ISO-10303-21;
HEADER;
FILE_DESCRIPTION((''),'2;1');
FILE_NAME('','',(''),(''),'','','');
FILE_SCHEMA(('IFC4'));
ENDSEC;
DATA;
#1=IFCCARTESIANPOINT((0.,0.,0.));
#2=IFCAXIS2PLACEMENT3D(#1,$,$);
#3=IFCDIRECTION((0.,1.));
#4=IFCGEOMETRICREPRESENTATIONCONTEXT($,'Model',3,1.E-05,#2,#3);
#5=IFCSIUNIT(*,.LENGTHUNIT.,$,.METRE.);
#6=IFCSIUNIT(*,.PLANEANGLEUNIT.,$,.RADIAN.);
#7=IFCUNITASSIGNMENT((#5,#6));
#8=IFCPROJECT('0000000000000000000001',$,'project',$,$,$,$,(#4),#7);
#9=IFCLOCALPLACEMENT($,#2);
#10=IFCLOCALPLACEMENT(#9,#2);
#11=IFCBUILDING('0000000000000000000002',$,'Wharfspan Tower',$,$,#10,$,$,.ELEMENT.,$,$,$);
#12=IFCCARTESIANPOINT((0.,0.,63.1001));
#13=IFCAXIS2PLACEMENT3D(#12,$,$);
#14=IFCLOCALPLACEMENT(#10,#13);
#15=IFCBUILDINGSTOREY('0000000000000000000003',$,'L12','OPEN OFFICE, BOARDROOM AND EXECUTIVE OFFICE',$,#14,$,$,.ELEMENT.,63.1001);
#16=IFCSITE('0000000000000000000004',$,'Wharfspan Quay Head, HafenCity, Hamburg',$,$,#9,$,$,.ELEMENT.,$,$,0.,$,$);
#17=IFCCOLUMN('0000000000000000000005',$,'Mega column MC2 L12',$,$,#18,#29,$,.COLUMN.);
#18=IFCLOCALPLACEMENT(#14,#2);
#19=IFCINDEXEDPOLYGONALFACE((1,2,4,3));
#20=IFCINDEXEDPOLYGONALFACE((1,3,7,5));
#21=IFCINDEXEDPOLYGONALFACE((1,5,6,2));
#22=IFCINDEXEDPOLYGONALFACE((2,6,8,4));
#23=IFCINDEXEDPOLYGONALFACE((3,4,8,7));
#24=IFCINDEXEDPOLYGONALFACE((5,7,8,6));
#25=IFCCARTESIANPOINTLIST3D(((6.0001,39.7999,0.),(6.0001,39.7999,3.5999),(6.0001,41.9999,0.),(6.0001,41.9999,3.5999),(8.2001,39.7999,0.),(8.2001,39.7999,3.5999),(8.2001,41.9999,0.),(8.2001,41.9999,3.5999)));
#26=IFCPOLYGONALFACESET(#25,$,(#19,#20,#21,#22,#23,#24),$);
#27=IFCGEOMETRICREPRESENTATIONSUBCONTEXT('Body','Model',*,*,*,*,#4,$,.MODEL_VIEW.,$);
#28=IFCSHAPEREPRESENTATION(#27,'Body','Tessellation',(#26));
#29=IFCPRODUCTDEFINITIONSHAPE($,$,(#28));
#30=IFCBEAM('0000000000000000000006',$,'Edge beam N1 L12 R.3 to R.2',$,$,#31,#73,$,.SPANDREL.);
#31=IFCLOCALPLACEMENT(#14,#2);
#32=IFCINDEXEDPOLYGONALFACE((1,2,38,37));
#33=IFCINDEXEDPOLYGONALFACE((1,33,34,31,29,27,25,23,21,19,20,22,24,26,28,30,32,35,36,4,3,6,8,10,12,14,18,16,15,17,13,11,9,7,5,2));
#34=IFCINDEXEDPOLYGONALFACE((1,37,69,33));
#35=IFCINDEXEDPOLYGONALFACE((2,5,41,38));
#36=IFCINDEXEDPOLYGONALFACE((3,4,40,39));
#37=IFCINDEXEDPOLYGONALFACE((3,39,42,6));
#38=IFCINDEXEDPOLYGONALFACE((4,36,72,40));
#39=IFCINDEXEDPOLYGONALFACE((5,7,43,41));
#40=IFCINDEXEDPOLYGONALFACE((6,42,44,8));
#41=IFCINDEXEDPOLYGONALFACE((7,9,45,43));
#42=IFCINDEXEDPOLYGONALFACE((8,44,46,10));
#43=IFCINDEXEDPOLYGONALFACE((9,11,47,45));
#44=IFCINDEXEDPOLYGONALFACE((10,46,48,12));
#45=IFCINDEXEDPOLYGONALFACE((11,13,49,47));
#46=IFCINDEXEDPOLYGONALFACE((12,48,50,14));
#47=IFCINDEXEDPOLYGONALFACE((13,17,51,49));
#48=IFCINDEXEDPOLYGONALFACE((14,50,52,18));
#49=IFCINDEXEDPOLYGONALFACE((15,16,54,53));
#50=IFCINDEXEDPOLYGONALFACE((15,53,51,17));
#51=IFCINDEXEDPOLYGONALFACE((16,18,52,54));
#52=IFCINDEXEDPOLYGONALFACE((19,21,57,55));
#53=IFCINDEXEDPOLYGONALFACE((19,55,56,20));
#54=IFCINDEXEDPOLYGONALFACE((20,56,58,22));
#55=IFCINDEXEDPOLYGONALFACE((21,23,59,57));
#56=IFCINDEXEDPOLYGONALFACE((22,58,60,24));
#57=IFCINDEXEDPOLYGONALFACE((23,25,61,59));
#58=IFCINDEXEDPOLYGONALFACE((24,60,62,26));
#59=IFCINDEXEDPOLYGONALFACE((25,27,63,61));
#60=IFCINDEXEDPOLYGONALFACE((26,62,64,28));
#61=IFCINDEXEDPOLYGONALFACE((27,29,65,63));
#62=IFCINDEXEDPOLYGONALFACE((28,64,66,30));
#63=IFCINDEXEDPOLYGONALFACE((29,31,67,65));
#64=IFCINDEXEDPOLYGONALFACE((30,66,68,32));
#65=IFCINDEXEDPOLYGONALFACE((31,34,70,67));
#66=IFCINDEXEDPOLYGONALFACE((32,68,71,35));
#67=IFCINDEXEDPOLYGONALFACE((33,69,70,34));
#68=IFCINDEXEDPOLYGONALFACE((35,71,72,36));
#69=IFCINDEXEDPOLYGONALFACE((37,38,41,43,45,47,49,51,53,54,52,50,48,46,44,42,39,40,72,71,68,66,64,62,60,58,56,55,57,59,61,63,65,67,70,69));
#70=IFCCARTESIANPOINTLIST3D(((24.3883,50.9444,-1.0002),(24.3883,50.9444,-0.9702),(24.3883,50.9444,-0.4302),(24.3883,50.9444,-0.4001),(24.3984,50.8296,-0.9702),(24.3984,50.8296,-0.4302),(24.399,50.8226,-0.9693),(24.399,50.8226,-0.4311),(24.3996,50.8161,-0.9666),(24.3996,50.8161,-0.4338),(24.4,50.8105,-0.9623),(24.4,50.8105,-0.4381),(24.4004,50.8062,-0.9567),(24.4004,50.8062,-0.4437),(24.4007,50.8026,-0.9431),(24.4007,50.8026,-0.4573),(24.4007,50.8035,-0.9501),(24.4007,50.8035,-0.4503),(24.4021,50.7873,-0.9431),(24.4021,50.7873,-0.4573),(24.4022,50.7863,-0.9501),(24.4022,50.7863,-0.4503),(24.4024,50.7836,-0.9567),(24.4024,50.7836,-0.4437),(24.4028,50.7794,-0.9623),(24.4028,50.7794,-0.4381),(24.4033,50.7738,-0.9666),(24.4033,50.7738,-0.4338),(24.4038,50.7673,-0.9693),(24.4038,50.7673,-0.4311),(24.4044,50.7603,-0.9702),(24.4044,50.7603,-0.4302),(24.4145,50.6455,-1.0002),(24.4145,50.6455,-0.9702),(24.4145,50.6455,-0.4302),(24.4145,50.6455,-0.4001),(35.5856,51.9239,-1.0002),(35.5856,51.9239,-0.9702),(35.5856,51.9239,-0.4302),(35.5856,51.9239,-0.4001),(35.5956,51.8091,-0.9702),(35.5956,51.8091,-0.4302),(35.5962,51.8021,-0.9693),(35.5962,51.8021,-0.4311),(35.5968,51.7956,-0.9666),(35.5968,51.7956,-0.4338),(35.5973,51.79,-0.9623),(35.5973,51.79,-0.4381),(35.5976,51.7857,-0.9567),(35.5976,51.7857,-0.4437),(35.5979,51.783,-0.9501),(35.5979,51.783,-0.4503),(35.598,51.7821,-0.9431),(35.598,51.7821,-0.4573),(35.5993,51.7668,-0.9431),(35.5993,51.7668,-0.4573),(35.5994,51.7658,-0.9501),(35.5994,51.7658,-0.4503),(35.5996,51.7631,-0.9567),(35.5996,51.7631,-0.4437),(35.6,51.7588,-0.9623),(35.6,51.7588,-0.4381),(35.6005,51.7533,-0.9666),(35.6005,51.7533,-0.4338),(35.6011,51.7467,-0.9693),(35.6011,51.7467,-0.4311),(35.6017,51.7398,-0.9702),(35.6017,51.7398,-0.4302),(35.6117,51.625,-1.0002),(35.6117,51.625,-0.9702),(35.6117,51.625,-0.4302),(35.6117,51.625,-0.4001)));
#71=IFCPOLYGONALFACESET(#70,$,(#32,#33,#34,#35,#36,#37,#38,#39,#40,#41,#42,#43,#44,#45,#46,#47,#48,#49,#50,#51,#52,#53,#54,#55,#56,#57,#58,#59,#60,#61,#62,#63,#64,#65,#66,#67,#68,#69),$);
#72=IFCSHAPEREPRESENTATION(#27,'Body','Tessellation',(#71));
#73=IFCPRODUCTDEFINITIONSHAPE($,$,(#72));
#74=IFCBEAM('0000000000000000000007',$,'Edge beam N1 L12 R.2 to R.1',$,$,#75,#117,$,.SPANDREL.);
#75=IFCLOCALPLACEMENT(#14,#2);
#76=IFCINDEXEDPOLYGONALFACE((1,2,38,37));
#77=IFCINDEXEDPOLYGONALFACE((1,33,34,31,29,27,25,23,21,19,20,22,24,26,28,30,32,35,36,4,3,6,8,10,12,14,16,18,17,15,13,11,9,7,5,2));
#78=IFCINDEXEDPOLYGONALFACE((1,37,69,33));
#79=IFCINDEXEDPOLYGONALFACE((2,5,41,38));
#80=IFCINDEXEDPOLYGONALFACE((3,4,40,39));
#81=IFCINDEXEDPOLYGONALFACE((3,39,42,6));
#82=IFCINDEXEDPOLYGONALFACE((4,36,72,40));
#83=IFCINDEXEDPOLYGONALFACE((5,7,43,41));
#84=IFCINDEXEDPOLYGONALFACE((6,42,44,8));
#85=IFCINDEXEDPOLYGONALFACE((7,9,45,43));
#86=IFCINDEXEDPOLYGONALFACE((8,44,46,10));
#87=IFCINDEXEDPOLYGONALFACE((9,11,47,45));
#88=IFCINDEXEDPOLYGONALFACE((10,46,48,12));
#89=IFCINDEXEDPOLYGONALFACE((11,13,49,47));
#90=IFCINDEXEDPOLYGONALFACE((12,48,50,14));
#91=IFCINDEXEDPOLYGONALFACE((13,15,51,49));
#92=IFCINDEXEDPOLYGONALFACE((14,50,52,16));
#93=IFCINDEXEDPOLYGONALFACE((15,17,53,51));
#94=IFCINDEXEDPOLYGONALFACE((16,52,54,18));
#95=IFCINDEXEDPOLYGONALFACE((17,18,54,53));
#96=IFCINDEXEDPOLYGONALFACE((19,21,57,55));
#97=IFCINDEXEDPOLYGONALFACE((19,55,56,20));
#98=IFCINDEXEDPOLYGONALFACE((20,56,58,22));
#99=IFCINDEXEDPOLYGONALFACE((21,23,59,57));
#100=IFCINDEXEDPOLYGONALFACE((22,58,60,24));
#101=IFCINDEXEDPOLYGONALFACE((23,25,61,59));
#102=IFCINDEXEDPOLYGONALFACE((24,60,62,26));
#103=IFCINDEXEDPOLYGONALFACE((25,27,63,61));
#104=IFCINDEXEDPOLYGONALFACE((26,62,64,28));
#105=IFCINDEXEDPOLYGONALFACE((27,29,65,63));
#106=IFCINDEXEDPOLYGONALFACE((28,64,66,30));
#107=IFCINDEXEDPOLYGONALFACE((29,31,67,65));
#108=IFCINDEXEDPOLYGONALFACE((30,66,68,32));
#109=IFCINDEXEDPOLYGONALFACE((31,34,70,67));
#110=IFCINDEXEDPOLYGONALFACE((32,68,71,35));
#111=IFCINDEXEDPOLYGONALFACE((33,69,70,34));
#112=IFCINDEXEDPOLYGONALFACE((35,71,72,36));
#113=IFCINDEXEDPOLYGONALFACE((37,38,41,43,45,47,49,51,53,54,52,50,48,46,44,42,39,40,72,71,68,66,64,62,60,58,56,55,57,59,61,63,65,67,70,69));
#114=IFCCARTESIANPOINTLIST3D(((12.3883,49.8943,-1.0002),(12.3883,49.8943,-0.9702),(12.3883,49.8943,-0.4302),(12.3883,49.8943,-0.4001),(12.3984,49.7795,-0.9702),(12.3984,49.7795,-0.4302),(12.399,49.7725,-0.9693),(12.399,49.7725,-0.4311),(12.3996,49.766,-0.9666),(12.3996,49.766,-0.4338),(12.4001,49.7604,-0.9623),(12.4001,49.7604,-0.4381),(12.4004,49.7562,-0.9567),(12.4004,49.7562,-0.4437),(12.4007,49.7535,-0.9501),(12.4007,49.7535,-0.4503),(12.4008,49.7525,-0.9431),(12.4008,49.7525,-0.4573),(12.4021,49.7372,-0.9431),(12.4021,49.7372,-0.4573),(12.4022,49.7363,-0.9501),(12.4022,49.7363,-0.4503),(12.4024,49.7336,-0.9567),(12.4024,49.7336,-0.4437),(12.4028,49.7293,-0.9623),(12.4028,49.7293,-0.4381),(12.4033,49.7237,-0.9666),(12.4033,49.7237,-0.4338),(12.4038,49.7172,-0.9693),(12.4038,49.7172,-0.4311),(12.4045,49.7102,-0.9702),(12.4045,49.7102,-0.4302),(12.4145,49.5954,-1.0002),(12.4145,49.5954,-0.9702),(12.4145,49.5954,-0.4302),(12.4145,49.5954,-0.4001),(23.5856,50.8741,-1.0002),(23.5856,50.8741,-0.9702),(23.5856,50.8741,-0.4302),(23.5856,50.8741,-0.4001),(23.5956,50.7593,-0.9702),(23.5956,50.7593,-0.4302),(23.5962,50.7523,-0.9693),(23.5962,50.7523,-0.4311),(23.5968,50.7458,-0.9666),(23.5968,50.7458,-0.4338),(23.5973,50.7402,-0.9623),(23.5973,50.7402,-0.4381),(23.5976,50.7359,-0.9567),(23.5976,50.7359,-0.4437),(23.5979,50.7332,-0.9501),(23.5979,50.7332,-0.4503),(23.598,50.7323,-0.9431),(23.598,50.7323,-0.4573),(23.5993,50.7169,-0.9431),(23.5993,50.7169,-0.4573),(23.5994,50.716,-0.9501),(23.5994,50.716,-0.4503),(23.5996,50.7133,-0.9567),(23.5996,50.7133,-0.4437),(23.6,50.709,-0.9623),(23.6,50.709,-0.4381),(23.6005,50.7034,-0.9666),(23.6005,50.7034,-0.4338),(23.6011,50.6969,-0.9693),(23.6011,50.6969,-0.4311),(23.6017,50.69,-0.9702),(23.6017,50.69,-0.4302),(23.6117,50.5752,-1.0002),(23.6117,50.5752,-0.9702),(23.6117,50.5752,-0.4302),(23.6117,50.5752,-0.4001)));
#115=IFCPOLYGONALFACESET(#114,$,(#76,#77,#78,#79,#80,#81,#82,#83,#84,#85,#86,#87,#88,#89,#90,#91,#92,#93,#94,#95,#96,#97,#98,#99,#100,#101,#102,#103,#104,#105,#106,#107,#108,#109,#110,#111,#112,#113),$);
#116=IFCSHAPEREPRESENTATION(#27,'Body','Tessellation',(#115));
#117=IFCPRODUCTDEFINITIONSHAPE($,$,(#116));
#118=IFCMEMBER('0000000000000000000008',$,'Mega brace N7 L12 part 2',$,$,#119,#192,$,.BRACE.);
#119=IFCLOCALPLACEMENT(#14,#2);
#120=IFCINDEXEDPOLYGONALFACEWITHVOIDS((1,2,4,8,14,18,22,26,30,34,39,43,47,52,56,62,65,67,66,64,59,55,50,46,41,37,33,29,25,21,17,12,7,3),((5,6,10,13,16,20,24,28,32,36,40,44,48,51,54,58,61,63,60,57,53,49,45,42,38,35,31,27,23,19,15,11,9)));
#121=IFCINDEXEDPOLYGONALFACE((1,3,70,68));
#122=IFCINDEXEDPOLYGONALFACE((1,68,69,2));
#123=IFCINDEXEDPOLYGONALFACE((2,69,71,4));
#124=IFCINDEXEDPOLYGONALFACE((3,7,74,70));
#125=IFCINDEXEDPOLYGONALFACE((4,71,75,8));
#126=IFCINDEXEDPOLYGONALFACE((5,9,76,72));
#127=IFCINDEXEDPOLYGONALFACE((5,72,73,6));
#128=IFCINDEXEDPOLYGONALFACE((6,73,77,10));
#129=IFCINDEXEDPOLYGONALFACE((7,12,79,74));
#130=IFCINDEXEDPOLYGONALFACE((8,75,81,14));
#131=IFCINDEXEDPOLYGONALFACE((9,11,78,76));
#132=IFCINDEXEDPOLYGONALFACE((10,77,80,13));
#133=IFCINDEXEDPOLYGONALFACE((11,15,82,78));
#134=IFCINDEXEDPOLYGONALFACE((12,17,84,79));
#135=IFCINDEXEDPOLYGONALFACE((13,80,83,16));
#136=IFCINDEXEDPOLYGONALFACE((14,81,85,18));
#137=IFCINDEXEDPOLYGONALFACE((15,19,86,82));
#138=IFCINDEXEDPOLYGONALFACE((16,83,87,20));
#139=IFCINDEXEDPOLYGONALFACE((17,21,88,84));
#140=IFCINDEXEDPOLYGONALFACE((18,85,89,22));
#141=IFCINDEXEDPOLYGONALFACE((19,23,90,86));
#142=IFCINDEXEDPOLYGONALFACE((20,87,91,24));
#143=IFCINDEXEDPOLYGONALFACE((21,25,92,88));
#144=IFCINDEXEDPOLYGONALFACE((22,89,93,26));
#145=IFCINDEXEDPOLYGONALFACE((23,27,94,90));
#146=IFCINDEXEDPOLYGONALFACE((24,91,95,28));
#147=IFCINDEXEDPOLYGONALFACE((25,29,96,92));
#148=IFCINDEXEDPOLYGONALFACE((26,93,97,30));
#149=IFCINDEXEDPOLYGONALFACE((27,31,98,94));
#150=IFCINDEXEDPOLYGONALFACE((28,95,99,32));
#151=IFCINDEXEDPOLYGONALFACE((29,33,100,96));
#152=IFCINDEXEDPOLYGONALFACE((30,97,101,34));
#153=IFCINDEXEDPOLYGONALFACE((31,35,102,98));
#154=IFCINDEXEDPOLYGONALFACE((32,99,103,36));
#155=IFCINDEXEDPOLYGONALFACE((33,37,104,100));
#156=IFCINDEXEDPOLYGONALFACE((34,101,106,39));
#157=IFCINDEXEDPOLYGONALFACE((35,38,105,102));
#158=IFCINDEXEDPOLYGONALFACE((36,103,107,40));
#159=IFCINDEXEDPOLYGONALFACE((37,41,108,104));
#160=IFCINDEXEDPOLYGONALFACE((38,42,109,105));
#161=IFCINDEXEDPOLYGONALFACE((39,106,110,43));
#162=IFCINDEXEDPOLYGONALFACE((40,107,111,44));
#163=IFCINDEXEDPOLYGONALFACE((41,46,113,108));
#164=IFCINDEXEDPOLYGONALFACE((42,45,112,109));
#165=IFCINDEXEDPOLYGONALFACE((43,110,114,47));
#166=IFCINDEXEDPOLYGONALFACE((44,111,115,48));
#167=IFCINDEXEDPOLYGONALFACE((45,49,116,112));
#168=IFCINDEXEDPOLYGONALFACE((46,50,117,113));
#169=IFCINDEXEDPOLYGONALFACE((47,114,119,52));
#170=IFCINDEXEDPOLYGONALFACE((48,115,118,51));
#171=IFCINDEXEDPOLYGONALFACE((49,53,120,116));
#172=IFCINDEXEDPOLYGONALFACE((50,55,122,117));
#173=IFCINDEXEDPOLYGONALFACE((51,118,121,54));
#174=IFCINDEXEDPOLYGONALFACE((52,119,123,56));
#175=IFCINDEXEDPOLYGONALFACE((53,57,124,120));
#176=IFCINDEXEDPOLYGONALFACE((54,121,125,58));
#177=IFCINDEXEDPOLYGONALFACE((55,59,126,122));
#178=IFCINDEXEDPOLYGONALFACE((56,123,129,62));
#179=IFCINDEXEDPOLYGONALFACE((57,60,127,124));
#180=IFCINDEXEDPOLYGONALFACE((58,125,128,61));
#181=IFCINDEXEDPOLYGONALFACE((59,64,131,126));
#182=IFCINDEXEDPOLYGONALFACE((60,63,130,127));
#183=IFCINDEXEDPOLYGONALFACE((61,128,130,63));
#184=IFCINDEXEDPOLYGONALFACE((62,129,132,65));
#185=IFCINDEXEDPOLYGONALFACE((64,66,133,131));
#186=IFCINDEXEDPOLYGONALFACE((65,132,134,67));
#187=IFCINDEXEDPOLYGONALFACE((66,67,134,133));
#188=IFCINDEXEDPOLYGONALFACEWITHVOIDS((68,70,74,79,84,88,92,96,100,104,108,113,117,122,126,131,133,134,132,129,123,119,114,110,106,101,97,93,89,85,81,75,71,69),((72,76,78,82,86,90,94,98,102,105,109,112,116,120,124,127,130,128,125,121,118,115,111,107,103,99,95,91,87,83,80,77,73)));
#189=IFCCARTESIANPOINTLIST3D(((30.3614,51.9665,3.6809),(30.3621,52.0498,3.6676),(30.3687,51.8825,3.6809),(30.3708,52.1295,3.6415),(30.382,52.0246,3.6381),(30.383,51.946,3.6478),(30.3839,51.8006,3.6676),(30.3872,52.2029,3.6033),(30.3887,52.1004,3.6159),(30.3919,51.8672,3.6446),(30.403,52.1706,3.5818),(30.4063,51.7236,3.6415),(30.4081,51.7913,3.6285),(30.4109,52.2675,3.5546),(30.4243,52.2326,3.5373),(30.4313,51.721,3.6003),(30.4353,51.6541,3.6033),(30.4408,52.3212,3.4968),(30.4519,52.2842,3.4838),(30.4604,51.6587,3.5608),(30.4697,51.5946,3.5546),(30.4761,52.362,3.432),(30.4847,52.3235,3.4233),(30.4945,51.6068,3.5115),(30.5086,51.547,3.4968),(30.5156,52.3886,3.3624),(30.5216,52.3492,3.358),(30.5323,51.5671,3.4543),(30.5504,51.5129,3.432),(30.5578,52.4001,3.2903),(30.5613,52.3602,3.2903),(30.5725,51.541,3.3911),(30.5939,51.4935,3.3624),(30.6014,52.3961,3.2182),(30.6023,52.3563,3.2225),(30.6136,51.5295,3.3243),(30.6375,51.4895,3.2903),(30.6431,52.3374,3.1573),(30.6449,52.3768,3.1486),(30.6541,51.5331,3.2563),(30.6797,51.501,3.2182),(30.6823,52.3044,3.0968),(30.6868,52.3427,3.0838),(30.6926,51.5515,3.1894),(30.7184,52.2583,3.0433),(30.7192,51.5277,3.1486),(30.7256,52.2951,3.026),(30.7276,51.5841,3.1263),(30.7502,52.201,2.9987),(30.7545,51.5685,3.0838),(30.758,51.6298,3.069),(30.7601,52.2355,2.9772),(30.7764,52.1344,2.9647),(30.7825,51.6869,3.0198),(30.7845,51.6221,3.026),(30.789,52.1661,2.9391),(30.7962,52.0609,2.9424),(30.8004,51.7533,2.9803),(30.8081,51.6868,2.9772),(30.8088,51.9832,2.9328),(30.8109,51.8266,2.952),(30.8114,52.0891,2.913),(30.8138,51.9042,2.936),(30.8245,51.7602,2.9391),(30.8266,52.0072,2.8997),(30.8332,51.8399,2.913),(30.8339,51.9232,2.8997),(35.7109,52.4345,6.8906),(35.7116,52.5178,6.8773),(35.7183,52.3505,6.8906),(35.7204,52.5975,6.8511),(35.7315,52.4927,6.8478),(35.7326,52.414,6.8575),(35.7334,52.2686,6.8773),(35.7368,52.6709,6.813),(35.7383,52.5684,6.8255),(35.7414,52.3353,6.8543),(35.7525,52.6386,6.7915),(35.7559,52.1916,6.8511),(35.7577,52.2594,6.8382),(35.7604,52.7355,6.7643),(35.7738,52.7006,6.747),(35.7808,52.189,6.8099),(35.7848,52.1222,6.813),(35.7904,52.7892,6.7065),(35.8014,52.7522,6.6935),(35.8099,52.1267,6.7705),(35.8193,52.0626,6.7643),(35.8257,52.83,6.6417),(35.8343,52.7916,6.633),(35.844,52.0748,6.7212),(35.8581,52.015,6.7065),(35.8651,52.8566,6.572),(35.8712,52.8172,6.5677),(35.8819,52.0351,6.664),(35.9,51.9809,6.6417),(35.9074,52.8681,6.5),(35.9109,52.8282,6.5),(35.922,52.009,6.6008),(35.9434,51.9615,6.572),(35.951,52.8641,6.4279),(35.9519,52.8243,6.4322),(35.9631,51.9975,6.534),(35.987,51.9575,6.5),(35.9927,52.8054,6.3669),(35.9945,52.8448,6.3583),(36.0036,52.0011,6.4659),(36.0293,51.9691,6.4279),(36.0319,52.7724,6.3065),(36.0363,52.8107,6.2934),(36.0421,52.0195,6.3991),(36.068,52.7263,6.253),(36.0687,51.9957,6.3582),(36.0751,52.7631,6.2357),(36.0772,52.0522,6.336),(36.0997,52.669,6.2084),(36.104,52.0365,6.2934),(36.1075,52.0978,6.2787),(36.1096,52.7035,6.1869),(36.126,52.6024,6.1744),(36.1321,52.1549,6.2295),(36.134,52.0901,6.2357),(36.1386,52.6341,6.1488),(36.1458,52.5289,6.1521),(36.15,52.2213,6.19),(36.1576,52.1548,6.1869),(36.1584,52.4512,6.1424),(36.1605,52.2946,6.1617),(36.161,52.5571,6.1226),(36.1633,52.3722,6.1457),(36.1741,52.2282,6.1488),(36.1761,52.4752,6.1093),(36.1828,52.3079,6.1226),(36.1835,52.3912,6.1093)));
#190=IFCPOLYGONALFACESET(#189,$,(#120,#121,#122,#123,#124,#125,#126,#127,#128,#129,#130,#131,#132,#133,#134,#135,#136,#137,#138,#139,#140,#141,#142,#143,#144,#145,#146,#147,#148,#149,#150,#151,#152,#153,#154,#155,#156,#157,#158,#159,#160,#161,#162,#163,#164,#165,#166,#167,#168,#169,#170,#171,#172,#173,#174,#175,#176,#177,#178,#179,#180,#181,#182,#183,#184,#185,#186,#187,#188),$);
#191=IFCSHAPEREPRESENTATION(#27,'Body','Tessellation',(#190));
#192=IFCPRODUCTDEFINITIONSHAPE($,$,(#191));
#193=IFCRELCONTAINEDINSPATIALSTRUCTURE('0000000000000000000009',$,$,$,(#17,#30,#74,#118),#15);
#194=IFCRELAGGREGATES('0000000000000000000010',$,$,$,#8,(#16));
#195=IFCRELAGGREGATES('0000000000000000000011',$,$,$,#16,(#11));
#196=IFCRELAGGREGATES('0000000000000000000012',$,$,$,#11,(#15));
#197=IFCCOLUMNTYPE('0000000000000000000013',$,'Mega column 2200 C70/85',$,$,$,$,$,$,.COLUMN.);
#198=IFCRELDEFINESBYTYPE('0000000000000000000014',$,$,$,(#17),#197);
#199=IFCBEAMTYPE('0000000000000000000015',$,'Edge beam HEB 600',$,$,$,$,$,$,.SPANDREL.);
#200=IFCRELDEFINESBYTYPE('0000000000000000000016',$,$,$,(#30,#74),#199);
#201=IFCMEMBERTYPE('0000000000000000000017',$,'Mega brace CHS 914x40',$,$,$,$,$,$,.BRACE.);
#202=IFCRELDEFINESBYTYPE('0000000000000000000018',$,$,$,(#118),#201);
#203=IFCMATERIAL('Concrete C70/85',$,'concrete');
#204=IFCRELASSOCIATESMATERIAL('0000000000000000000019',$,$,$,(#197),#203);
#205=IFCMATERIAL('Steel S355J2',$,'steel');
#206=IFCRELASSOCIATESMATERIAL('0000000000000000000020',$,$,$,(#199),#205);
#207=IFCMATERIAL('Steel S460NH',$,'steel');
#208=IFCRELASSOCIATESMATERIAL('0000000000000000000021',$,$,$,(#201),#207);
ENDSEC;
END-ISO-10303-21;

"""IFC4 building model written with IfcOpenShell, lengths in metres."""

from ifc_helpers import new_model, si_unit, direction, frame, origin, origin_2d, place, context, subcontext, project, spatial, rectangle, hollow_circle, i_section, extrude, material, material_profile, profile_set, type_object, element, save


model = new_model("IFC4")

# Units and contexts
model_context = context("Model", 3, precision=1e-05, world=origin(), true_north=direction((0.0, 1.0)))
body_context = subcontext(model_context, "Body", "Model", "MODEL_VIEW")
ifc_project = project(units=[si_unit("LENGTHUNIT", "METRE"), si_unit("PLANEANGLEUNIT", "RADIAN")], contexts=[model_context])

# Site, building, storey
site_placement = place(None, origin())
site = spatial("IfcSite", under=ifc_project, at=site_placement, Name="Wharfspan Quay Head, HafenCity, Hamburg", CompositionType="ELEMENT", RefElevation=0.0)
building_placement = place(site_placement, origin())
building = spatial("IfcBuilding", under=site, at=building_placement, Name="Wharfspan Tower", CompositionType="ELEMENT")
storey_placement = place(building_placement, frame((0.0, 0.0, 63.1001)))
storey = spatial("IfcBuildingStorey", under=building, at=storey_placement, Name="L12", Description="OPEN OFFICE, BOARDROOM AND EXECUTIVE OFFICE", CompositionType="ELEMENT", Elevation=63.1001)

# Column
ifc_material_1 = material(Name="Steel S355J2", Category="steel")
ifc_material_2 = material(Name="Concrete C70/85", Category="concrete")
ifc_material_profile_1 = material_profile(ifc_material_2, rectangle(XDim=2.2, YDim=2.2, at=origin_2d()))
ifc_profile_set_1 = profile_set([ifc_material_profile_1], Name="Concrete C70/85")
column_type_1 = type_object("IfcColumnType", Name="Mega column 2200 C70/85", PredefinedType="COLUMN", material=ifc_profile_set_1)
column_1_placement = place(storey_placement, frame((7.1001, 40.8999, 0.0), z_axis=(0.0, 0.0, 1.0), x_axis=(1.0, 0.0, 0.0)))
element("IfcColumn", 1, at=column_1_placement, inside=storey, type_object=column_type_1, Name="Mega column MC2 L12", PredefinedType="COLUMN", context=body_context, shape_type="SweptSolid", body=[
    extrude(rectangle(XDim=2.2, YDim=2.2, at=origin_2d()), origin(), (0.0, 0.0, 1.0), 3.5999),
])

# Beams
ifc_material_profile_2 = material_profile(ifc_material_1, i_section(OverallWidth=0.3, OverallDepth=0.6001, WebThickness=0.0154, FlangeThickness=0.03, FilletRadius=0.0271, at=origin_2d()))
ifc_profile_set_2 = profile_set([ifc_material_profile_2], Name="Steel S355J2")
beam_type = type_object("IfcBeamType", Name="Edge beam HEB 600", PredefinedType="SPANDREL", material=ifc_profile_set_2)
for number, where, z_axis, x_axis, name in (
    (2, (35.5986, 51.7744, -0.7002), (-0.996196, -0.087143, 0.0), (0.087143, -0.996196, 0.0), "Edge beam N1 L12 R.3 to R.2"),
    (3, (23.5986, 50.7246, -0.7002), (-0.996194, -0.087165, 0.0), (0.087165, -0.996194, 0.0), "Edge beam N1 L12 R.2 to R.1"),
):
    element("IfcBeam", number, at=place(storey_placement, frame(where, z_axis=z_axis, x_axis=x_axis)), inside=storey, type_object=beam_type, Name=name, PredefinedType="SPANDREL", context=body_context, shape_type="SweptSolid", body=[
        extrude(i_section(OverallWidth=0.3, OverallDepth=0.6001, WebThickness=0.0154, FlangeThickness=0.03, FilletRadius=0.0271, at=origin_2d()), origin(), (0.0, 0.0, 1.0), 11.24),
    ])

# Member
ifc_material_3 = material(Name="Steel S460NH", Category="steel")
ifc_material_profile_3 = material_profile(ifc_material_3, hollow_circle(Radius=0.457, WallThickness=0.04, at=origin_2d()))
ifc_profile_set_3 = profile_set([ifc_material_profile_3], Name="Steel S460NH")
member_type = type_object("IfcMemberType", Name="Mega brace CHS 914x40", PredefinedType="BRACE", material=ifc_profile_set_3)
for number, where, z_axis, x_axis, name in (
    (4, (30.5977, 51.9448, 3.2903), (0.855094, 0.074809, 0.513048), (-0.087154, 0.996195, 0.000001), "Mega brace N7 L12 part 2"),
):
    element("IfcMember", number, at=place(storey_placement, frame(where, z_axis=z_axis, x_axis=x_axis)), inside=storey, type_object=member_type, Name=name, PredefinedType="BRACE", context=body_context, shape_type="SweptSolid", body=[
        extrude(hollow_circle(Radius=0.457, WallThickness=0.04, at=origin_2d()), origin(), (0.0, 0.0, 1.0), 6.2561),
    ])

save(model, "model.ifc")
